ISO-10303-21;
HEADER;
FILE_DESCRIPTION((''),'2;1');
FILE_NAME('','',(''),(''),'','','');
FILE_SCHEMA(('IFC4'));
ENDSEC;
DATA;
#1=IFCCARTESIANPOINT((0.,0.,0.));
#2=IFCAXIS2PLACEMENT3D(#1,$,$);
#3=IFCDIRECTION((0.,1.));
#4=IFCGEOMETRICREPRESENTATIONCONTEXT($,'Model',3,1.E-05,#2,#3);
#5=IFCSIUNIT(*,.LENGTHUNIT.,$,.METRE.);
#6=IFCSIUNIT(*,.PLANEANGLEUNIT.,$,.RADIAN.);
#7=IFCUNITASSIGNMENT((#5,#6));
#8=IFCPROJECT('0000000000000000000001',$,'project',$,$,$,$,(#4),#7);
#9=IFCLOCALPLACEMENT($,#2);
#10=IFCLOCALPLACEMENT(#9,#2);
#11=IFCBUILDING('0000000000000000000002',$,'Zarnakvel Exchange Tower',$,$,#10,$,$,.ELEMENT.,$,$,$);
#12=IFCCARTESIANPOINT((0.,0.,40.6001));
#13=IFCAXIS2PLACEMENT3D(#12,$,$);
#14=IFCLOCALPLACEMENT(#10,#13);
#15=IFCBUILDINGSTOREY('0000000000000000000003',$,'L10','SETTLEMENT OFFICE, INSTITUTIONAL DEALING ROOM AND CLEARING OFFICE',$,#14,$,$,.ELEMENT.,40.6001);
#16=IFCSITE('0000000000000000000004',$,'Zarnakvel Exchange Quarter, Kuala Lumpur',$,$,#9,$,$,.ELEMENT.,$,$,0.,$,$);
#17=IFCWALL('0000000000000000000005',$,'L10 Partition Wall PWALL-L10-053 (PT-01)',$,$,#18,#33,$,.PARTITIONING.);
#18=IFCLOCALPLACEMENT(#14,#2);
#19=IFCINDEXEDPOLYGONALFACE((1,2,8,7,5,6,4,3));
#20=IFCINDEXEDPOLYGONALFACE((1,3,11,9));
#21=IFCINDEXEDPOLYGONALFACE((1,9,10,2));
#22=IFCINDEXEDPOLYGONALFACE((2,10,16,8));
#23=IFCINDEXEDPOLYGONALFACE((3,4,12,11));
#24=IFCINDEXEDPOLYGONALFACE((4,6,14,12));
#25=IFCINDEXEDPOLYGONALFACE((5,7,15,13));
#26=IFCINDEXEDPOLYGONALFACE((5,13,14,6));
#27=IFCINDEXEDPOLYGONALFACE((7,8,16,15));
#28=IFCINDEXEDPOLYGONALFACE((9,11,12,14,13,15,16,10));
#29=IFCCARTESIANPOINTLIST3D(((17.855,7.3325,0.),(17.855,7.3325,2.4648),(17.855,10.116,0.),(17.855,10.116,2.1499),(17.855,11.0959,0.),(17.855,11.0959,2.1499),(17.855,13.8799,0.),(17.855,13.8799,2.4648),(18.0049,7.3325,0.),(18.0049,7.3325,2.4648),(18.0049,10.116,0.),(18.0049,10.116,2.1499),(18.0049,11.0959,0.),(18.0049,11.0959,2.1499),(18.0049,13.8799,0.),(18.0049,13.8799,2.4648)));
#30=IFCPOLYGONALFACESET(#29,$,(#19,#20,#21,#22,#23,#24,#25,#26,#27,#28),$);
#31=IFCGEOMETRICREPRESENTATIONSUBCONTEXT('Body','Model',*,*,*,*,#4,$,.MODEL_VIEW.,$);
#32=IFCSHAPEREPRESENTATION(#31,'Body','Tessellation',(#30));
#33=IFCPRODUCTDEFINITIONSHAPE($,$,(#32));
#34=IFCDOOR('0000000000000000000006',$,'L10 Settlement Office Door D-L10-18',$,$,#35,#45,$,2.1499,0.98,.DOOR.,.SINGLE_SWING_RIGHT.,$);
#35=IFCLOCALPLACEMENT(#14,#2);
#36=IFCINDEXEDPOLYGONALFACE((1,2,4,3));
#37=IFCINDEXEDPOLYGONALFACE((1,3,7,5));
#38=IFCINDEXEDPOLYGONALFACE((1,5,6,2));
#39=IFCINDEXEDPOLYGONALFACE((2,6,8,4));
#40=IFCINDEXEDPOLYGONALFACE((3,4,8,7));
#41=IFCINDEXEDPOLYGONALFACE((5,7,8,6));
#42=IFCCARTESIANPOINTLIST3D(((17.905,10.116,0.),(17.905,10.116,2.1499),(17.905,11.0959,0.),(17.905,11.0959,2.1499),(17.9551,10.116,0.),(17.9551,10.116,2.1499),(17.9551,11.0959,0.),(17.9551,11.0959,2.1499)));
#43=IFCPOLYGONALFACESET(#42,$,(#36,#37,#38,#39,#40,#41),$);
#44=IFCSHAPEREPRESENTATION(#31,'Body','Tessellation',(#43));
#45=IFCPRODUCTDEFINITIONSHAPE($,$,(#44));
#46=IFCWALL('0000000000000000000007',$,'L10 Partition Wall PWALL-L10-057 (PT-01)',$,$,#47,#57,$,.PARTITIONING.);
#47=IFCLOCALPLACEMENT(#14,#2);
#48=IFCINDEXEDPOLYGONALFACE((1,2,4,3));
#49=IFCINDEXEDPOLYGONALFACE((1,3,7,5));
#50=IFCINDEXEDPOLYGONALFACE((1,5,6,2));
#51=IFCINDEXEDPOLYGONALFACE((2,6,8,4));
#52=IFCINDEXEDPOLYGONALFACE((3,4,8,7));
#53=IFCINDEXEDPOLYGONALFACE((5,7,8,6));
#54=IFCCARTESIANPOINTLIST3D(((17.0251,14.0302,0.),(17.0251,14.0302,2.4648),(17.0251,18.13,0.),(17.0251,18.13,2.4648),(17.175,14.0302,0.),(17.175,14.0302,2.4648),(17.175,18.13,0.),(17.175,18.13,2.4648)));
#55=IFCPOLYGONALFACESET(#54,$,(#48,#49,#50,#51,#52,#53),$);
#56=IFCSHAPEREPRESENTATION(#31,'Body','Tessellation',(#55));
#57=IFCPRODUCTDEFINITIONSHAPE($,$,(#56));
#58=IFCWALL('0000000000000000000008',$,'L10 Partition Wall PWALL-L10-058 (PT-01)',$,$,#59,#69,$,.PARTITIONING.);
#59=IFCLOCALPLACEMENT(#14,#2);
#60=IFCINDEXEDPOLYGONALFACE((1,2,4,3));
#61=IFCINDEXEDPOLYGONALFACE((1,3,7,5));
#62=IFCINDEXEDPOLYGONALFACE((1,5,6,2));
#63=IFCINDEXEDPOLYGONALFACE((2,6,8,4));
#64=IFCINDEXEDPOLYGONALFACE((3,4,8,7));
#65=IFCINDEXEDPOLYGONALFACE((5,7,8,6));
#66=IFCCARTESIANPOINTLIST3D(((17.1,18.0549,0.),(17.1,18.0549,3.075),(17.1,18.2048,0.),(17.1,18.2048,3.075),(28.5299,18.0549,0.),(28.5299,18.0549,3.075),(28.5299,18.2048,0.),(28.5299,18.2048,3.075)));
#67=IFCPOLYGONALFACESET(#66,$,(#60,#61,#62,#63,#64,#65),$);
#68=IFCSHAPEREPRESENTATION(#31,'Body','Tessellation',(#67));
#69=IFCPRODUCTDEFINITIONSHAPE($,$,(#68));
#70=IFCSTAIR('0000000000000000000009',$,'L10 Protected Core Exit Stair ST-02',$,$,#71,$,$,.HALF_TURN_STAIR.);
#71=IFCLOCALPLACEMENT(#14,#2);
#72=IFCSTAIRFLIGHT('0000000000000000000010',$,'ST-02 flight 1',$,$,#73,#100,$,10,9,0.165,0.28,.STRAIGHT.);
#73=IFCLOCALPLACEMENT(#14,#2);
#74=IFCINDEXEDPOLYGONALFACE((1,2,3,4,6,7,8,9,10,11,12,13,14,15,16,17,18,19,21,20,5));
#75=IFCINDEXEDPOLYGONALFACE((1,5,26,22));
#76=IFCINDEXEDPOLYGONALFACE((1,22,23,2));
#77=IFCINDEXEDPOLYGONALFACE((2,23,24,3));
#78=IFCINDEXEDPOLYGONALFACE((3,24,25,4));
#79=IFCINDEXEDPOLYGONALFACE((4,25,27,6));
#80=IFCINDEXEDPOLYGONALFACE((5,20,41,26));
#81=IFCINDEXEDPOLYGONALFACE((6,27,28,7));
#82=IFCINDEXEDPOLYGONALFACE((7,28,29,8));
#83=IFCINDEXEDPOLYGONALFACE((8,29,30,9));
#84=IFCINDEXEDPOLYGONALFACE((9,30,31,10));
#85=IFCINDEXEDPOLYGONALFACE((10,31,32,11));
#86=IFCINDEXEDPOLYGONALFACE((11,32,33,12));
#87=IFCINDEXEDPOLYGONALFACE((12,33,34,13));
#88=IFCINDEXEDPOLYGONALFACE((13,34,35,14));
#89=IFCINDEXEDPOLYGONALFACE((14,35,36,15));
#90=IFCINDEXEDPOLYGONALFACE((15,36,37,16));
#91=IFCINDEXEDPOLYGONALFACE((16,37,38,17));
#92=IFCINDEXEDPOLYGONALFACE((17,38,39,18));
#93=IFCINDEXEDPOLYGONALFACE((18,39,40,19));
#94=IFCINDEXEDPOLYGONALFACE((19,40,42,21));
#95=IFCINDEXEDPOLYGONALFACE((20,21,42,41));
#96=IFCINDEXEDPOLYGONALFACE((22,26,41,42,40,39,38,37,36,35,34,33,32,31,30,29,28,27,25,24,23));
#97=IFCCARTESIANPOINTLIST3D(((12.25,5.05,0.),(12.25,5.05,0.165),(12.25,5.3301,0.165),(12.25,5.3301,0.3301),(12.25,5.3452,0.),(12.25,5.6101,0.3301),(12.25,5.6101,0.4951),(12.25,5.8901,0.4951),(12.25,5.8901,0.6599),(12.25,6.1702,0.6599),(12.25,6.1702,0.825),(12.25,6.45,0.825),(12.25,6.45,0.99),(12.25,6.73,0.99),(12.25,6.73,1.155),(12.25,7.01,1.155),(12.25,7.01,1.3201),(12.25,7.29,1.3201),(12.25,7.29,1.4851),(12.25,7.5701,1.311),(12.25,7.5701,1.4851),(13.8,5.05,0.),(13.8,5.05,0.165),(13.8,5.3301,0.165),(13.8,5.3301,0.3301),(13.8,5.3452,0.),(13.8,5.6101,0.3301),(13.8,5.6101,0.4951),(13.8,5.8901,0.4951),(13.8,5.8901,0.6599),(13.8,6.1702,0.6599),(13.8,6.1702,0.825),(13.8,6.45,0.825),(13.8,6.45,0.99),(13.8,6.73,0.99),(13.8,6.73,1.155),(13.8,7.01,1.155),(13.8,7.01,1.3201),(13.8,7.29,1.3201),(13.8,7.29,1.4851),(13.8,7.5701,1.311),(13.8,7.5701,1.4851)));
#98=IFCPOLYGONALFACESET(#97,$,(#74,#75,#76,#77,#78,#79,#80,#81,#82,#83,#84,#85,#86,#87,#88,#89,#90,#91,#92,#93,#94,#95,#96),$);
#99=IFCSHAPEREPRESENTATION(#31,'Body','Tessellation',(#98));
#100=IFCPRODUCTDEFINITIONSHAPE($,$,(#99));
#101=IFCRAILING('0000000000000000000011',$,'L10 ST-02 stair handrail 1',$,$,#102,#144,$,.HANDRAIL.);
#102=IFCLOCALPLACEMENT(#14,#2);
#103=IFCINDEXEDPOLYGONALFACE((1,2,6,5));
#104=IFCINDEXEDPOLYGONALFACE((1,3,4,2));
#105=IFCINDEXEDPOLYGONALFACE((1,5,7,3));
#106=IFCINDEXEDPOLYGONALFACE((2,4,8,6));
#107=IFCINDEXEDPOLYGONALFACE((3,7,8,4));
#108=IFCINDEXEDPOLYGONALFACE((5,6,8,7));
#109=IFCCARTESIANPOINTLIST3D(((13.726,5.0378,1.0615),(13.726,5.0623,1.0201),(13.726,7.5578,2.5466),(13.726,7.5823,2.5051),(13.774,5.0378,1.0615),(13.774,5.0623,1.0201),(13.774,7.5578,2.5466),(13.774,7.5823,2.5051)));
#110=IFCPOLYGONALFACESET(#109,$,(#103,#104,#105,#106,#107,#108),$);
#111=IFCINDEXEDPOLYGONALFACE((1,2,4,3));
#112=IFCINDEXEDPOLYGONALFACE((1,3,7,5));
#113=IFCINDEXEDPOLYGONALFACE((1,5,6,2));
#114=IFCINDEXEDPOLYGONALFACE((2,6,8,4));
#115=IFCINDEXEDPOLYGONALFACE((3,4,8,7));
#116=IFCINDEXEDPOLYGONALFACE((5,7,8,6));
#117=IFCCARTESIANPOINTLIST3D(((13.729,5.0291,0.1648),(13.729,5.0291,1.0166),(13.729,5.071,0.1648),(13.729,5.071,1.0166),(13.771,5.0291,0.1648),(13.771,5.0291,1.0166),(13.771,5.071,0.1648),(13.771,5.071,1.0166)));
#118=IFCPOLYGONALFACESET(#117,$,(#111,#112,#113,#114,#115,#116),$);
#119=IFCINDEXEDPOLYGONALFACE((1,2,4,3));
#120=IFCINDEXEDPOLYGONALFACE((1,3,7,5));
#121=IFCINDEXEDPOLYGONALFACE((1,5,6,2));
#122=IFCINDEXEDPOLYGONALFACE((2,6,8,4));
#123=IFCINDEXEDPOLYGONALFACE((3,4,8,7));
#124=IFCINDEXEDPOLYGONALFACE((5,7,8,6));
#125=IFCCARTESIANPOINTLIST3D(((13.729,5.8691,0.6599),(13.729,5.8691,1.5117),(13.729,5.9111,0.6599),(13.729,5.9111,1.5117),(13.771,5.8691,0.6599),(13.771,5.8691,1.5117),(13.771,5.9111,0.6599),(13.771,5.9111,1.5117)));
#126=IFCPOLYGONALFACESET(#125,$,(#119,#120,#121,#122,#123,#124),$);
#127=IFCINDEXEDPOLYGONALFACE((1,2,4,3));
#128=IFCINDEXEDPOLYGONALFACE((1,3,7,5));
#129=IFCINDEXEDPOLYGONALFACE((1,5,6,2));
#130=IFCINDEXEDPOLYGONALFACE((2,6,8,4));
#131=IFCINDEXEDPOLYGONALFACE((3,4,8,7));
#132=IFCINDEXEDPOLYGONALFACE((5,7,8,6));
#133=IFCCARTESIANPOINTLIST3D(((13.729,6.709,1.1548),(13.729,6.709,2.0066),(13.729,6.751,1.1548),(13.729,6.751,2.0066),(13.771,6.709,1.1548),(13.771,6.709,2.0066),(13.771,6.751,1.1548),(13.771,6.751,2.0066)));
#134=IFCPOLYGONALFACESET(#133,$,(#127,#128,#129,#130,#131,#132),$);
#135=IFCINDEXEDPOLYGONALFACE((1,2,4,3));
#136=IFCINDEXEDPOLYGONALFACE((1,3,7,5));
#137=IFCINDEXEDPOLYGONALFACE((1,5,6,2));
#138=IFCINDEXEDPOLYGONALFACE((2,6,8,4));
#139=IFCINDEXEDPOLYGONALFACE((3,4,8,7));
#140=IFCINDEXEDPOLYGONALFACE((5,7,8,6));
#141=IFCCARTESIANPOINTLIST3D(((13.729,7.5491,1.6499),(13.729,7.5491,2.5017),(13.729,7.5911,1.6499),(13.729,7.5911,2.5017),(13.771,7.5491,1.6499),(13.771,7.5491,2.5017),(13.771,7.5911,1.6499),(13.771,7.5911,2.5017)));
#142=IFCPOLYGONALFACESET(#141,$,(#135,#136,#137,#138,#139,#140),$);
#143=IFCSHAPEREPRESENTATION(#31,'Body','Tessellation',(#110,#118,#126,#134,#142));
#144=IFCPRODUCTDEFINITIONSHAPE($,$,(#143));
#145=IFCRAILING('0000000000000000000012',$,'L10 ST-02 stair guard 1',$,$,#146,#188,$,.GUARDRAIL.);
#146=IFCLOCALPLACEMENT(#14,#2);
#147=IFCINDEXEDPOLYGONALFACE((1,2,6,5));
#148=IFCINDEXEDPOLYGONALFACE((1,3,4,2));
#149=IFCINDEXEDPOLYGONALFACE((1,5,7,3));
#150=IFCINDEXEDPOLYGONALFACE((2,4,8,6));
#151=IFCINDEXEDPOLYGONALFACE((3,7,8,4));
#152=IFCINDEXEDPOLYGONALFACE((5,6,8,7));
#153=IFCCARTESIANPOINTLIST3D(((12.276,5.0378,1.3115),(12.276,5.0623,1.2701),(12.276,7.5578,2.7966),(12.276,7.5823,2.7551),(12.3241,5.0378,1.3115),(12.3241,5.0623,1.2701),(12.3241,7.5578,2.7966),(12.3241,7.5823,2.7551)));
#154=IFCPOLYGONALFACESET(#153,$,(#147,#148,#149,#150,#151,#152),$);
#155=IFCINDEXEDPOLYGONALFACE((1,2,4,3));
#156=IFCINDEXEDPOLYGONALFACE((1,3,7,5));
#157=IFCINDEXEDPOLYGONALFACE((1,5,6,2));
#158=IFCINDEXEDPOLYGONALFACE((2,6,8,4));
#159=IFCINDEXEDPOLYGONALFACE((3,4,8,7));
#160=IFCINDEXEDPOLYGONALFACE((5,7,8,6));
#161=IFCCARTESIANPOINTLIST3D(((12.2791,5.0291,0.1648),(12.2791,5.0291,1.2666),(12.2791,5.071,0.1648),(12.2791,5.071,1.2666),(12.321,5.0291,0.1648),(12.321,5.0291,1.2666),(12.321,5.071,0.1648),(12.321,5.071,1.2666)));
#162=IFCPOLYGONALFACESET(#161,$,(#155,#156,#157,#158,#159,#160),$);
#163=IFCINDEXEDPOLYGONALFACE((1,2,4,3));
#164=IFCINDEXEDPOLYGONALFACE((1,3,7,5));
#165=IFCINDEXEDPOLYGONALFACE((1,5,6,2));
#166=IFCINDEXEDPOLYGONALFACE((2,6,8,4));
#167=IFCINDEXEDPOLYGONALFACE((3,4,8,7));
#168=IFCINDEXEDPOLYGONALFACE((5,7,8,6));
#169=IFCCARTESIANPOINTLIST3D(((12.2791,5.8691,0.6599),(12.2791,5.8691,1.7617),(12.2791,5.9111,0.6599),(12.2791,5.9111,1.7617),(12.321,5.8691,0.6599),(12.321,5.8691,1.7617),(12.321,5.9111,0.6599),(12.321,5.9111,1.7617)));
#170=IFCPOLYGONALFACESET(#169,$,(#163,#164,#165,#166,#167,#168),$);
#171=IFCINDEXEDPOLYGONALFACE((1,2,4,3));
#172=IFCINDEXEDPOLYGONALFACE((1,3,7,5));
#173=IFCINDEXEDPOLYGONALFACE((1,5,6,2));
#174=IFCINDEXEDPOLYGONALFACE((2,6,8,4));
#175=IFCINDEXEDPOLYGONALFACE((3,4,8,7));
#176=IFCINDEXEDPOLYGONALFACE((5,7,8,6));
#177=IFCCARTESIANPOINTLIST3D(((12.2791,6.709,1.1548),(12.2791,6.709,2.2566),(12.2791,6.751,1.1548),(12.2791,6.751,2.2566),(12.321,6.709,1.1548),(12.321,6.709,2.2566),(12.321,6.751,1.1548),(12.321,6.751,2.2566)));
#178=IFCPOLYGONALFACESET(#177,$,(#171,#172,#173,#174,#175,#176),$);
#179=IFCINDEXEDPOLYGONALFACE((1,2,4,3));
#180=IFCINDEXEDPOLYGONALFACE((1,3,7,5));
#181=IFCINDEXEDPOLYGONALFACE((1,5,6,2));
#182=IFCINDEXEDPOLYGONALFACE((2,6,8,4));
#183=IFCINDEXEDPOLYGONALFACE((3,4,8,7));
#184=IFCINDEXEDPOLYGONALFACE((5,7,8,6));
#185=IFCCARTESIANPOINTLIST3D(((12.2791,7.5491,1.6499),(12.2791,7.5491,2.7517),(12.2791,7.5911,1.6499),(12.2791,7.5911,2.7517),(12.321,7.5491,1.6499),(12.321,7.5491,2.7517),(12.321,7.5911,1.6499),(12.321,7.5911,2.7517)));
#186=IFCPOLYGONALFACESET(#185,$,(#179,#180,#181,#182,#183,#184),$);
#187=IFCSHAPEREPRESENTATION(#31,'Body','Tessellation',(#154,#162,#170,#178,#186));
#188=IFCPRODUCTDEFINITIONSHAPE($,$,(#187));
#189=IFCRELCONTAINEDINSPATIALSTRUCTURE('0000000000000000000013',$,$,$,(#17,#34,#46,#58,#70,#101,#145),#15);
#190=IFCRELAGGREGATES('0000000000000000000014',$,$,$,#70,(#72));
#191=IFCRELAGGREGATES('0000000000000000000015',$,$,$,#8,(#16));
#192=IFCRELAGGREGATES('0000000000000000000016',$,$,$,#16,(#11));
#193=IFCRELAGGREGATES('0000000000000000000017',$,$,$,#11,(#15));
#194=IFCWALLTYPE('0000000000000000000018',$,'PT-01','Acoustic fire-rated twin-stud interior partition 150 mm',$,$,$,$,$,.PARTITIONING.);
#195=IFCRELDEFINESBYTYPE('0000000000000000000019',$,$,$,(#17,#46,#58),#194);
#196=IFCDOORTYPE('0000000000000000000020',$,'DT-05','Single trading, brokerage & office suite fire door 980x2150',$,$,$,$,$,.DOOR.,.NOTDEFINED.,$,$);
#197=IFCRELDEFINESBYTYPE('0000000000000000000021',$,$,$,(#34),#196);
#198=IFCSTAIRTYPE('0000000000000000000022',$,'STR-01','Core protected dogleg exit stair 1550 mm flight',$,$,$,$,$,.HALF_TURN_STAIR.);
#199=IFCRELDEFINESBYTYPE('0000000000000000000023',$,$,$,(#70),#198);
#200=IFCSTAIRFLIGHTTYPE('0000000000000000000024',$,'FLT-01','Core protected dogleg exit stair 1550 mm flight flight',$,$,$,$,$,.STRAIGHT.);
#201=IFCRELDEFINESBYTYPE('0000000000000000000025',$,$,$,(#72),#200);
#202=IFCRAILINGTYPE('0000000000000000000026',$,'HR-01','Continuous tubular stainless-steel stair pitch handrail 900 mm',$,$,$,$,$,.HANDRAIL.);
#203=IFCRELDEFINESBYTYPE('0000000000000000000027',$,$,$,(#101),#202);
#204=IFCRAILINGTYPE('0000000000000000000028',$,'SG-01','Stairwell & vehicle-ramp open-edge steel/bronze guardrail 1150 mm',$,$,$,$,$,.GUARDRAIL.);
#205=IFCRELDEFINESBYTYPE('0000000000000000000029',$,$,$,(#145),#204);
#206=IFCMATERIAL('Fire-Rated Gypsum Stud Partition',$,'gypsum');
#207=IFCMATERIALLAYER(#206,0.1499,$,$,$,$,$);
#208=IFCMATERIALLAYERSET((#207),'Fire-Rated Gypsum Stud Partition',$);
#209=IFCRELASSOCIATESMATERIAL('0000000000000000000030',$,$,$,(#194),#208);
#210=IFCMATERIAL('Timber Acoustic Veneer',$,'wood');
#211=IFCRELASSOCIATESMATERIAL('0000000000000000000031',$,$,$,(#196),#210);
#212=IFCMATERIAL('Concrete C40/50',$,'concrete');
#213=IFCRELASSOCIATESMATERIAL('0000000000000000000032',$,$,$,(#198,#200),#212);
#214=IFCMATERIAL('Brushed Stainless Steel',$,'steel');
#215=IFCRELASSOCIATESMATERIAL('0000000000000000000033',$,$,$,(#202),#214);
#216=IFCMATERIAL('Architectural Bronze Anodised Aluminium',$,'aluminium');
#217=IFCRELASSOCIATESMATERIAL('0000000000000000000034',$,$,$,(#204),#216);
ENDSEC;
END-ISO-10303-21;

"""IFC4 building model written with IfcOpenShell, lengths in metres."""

from ifc_helpers import new_model, si_unit, direction, frame, frame_2d, origin, origin_2d, place, context, subcontext, project, spatial, polyline, rectangle, outline, extrude, source, transform, mapped, material, layer, layer_set, type_object, element, fill, aggregate, save


model = new_model("IFC4")

# Units and contexts
model_context = context("Model", 3, precision=1e-05, world=origin(), true_north=direction((0.0, 1.0)))
body_context = subcontext(model_context, "Body", "Model", "MODEL_VIEW")
ifc_project = project(units=[si_unit("LENGTHUNIT", "METRE"), si_unit("PLANEANGLEUNIT", "RADIAN")], contexts=[model_context])

# Site, building, storey
site_placement = place(None, origin())
site = spatial("IfcSite", under=ifc_project, at=site_placement, Name="Zarnakvel Exchange Quarter, Kuala Lumpur", CompositionType="ELEMENT", RefElevation=0.0)
building_placement = place(site_placement, origin())
building = spatial("IfcBuilding", under=site, at=building_placement, Name="Zarnakvel Exchange Tower", CompositionType="ELEMENT")
storey_placement = place(building_placement, frame((0.0, 0.0, 40.6001)))
storey = spatial("IfcBuildingStorey", under=building, at=storey_placement, Name="L10", Description="SETTLEMENT OFFICE, INSTITUTIONAL DEALING ROOM AND CLEARING OFFICE", CompositionType="ELEMENT", Elevation=40.6001)

# Shared definitions
ifc_material_1 = material(Name="Architectural Bronze Anodised Aluminium", Category="aluminium")

# Shared definitions
ifc_material_2 = material(Name="Fire-Rated Gypsum Stud Partition", Category="gypsum")
ifc_layer_1 = layer(ifc_material_2, 0.1499)
ifc_layer_set_1 = layer_set([ifc_layer_1], Name="Fire-Rated Gypsum Stud Partition")
wall_type_1 = type_object("IfcWallType", Name="PT-01", Description="Acoustic fire-rated twin-stud interior partition 150 mm", PredefinedType="PARTITIONING", material=ifc_layer_set_1)

# Wall, opening, door
wall_1_placement = place(storey_placement, frame((17.9299, 7.3325, 0.0), z_axis=(0.0, 0.0, 1.0), x_axis=(0.0, 1.0, 0.0)))
wall_1 = element("IfcWall", 1, at=wall_1_placement, inside=storey, type_object=wall_type_1, Name="L10 Partition Wall PWALL-L10-053 (PT-01)", PredefinedType="PARTITIONING", context=body_context, shape_type="SweptSolid", body=[
    extrude(rectangle(XDim=6.5474, YDim=0.1499, at=frame_2d((3.2737, 0.0))), origin(), (0.0, 0.0, 1.0), 2.4648),
])
opening_1_placement = place(wall_1_placement, frame((2.7834, 0.0, 0.0)))
opening_1 = element("IfcOpeningElement", 2, at=opening_1_placement, cuts=wall_1, PredefinedType="OPENING", context=body_context, shape_type="SweptSolid", body=[
    extrude(rectangle(XDim=0.98, YDim=2.1499, at=frame_2d((0.49, 1.075))), frame((0.0, 0.085, 0.0), z_axis=(0.0, -1.0, 0.0), x_axis=(1.0, 0.0, 0.0)), (0.0, 0.0, 1.0), 0.1699),
])
ifc_material_3 = material(Name="Timber Acoustic Veneer", Category="wood")
door_type_1 = type_object("IfcDoorType", Name="DT-05", Description="Single trading, brokerage & office suite fire door 980x2150", OperationType="NOTDEFINED", PredefinedType="DOOR", material=ifc_material_3)
shared_shape_1 = source(origin(), body_context, "Body", "SweptSolid", [
    extrude(rectangle(XDim=0.98, YDim=2.1499, at=frame_2d((0.49, 1.075))), frame((0.0, 0.0249, 0.0), z_axis=(0.0, -1.0, 0.0), x_axis=(1.0, 0.0, 0.0)), (0.0, 0.0, 1.0), 0.05),
])
door_1_placement = place(opening_1_placement, origin())
door_1 = element("IfcDoor", 3, at=door_1_placement, inside=storey, type_object=door_type_1, Name="L10 Settlement Office Door D-L10-18", OperationType="SINGLE_SWING_RIGHT", OverallHeight=2.1499, OverallWidth=0.98, PredefinedType="DOOR", context=body_context, shape_type="MappedRepresentation", body=[
    mapped(shared_shape_1, transform((0.0, 0.0, 0.0), x_axis=(1.0, 0.0, 0.0), y_axis=(0.0, 1.0, 0.0), z_axis=(0.0, 0.0, 1.0), scale=1.0)),
])
fill(opening_1, door_1)

# Walls
wall_2_placement = place(storey_placement, frame((17.1001, 18.1299, 0.0), z_axis=(0.0, 0.0, 1.0), x_axis=(0.0, -1.0, 0.0)))
element("IfcWall", 4, at=wall_2_placement, inside=storey, type_object=wall_type_1, Name="L10 Partition Wall PWALL-L10-057 (PT-01)", PredefinedType="PARTITIONING", context=body_context, shape_type="SweptSolid", body=[
    extrude(rectangle(XDim=4.0999, YDim=0.1499, at=frame_2d((2.0498, 0.0))), origin(), (0.0, 0.0, 1.0), 2.4648),
])
wall_3_placement = place(storey_placement, frame((17.1001, 18.1299, 0.0), z_axis=(0.0, 0.0, 1.0), x_axis=(1.0, 0.0, 0.0)))
element("IfcWall", 5, at=wall_3_placement, inside=storey, type_object=wall_type_1, Name="L10 Partition Wall PWALL-L10-058 (PT-01)", PredefinedType="PARTITIONING", context=body_context, shape_type="SweptSolid", body=[
    extrude(rectangle(XDim=11.4299, YDim=0.1499, at=frame_2d((5.7148, 0.0))), origin(), (0.0, 0.0, 1.0), 3.075),
])

# Shared definitions
ifc_material_4 = material(Name="Concrete C40/50", Category="concrete")

# Stair, stair flight
stair_type = type_object("IfcStairType", Name="STR-01", Description="Core protected dogleg exit stair 1550 mm flight", PredefinedType="HALF_TURN_STAIR", material=ifc_material_4)
stair_placement = place(storey_placement, origin())
stair = element("IfcStair", 6, at=stair_placement, inside=storey, type_object=stair_type, Name="L10 Protected Core Exit Stair ST-02", PredefinedType="HALF_TURN_STAIR")
stair_flight_type = type_object("IfcStairFlightType", Name="FLT-01", Description="Core protected dogleg exit stair 1550 mm flight flight", PredefinedType="STRAIGHT", material=ifc_material_4)
stair_flight_placement = place(storey_placement, frame((13.0249, 5.05, 0.0), z_axis=(0.0, 0.0, 1.0), x_axis=(0.0, 1.0, 0.0)))
stair_flight = element("IfcStairFlight", 7, at=stair_flight_placement, type_object=stair_flight_type, Name="ST-02 flight 1", NumberOfRisers=10, NumberOfTreads=9, PredefinedType="STRAIGHT", RiserHeight=0.165, TreadLength=0.28, context=body_context, shape_type="SweptSolid", body=[
    extrude(outline(polyline([(0.0, 0.0), (0.0, 0.165), (0.28, 0.165), (0.28, 0.3301), (0.5601, 0.3301), (0.5601, 0.4951), (0.8401, 0.4951), (0.8401, 0.6599), (1.1201, 0.6599), (1.1201, 0.825), (1.3999, 0.825), (1.3999, 0.99), (1.6799, 0.99), (1.6799, 1.155), (1.96, 1.155), (1.96, 1.3201), (2.24, 1.3201), (2.24, 1.4851), (2.52, 1.4851), (2.52, 1.6499), (2.52, 1.311), (0.2952, 0.0), (0.0, 0.0)])), frame((0.0, 0.7749, 0.0), z_axis=(0.0, -1.0, 0.0), x_axis=(1.0, 0.0, 0.0)), (0.0, 0.0, 1.0), 1.55),
])
aggregate(stair, [stair_flight])

# Railings
ifc_material_5 = material(Name="Brushed Stainless Steel", Category="steel")
railing_type_1 = type_object("IfcRailingType", Name="HR-01", Description="Continuous tubular stainless-steel stair pitch handrail 900 mm", PredefinedType="HANDRAIL", material=ifc_material_5)
railing_1_placement = place(storey_placement, frame((13.75, 5.05, 0.1648)))
element("IfcRailing", 8, at=railing_1_placement, inside=storey, type_object=railing_type_1, Name="L10 ST-02 stair handrail 1", PredefinedType="HANDRAIL", context=body_context, shape_type="SweptSolid", body=[
    extrude(rectangle(XDim=0.0481, YDim=0.0481, at=origin_2d()), frame((0.0, 0.0, 0.876), z_axis=(0.0, 0.861524, 0.507717), x_axis=(-1.0, 0.0, 0.0)), (0.0, 0.0, 1.0), 2.925),
    extrude(rectangle(XDim=0.042, YDim=0.042, at=origin_2d()), origin(), (0.0, 0.0, 1.0), 0.8518),
    extrude(rectangle(XDim=0.042, YDim=0.042, at=origin_2d()), frame((0.0, 0.8401, 0.4951)), (0.0, 0.0, 1.0), 0.8518),
    extrude(rectangle(XDim=0.042, YDim=0.042, at=origin_2d()), frame((0.0, 1.6799, 0.99)), (0.0, 0.0, 1.0), 0.8518),
    extrude(rectangle(XDim=0.042, YDim=0.042, at=origin_2d()), frame((0.0, 2.52, 1.4851)), (0.0, 0.0, 1.0), 0.8518),
])
railing_type_2 = type_object("IfcRailingType", Name="SG-01", Description="Stairwell & vehicle-ramp open-edge steel/bronze guardrail 1150 mm", PredefinedType="GUARDRAIL", material=ifc_material_1)
railing_2_placement = place(storey_placement, frame((12.3, 5.05, 0.1648)))
element("IfcRailing", 9, at=railing_2_placement, inside=storey, type_object=railing_type_2, Name="L10 ST-02 stair guard 1", PredefinedType="GUARDRAIL", context=body_context, shape_type="SweptSolid", body=[
    extrude(rectangle(XDim=0.0481, YDim=0.0481, at=origin_2d()), frame((0.0, 0.0, 1.126), z_axis=(0.0, 0.861524, 0.507717), x_axis=(-1.0, 0.0, 0.0)), (0.0, 0.0, 1.0), 2.925),
    extrude(rectangle(XDim=0.042, YDim=0.042, at=origin_2d()), origin(), (0.0, 0.0, 1.0), 1.1018),
    extrude(rectangle(XDim=0.042, YDim=0.042, at=origin_2d()), frame((0.0, 0.8401, 0.4951)), (0.0, 0.0, 1.0), 1.1018),
    extrude(rectangle(XDim=0.042, YDim=0.042, at=origin_2d()), frame((0.0, 1.6799, 0.99)), (0.0, 0.0, 1.0), 1.1018),
    extrude(rectangle(XDim=0.042, YDim=0.042, at=origin_2d()), frame((0.0, 2.52, 1.4851)), (0.0, 0.0, 1.0), 1.1018),
])

save(model, "model.ifc")
